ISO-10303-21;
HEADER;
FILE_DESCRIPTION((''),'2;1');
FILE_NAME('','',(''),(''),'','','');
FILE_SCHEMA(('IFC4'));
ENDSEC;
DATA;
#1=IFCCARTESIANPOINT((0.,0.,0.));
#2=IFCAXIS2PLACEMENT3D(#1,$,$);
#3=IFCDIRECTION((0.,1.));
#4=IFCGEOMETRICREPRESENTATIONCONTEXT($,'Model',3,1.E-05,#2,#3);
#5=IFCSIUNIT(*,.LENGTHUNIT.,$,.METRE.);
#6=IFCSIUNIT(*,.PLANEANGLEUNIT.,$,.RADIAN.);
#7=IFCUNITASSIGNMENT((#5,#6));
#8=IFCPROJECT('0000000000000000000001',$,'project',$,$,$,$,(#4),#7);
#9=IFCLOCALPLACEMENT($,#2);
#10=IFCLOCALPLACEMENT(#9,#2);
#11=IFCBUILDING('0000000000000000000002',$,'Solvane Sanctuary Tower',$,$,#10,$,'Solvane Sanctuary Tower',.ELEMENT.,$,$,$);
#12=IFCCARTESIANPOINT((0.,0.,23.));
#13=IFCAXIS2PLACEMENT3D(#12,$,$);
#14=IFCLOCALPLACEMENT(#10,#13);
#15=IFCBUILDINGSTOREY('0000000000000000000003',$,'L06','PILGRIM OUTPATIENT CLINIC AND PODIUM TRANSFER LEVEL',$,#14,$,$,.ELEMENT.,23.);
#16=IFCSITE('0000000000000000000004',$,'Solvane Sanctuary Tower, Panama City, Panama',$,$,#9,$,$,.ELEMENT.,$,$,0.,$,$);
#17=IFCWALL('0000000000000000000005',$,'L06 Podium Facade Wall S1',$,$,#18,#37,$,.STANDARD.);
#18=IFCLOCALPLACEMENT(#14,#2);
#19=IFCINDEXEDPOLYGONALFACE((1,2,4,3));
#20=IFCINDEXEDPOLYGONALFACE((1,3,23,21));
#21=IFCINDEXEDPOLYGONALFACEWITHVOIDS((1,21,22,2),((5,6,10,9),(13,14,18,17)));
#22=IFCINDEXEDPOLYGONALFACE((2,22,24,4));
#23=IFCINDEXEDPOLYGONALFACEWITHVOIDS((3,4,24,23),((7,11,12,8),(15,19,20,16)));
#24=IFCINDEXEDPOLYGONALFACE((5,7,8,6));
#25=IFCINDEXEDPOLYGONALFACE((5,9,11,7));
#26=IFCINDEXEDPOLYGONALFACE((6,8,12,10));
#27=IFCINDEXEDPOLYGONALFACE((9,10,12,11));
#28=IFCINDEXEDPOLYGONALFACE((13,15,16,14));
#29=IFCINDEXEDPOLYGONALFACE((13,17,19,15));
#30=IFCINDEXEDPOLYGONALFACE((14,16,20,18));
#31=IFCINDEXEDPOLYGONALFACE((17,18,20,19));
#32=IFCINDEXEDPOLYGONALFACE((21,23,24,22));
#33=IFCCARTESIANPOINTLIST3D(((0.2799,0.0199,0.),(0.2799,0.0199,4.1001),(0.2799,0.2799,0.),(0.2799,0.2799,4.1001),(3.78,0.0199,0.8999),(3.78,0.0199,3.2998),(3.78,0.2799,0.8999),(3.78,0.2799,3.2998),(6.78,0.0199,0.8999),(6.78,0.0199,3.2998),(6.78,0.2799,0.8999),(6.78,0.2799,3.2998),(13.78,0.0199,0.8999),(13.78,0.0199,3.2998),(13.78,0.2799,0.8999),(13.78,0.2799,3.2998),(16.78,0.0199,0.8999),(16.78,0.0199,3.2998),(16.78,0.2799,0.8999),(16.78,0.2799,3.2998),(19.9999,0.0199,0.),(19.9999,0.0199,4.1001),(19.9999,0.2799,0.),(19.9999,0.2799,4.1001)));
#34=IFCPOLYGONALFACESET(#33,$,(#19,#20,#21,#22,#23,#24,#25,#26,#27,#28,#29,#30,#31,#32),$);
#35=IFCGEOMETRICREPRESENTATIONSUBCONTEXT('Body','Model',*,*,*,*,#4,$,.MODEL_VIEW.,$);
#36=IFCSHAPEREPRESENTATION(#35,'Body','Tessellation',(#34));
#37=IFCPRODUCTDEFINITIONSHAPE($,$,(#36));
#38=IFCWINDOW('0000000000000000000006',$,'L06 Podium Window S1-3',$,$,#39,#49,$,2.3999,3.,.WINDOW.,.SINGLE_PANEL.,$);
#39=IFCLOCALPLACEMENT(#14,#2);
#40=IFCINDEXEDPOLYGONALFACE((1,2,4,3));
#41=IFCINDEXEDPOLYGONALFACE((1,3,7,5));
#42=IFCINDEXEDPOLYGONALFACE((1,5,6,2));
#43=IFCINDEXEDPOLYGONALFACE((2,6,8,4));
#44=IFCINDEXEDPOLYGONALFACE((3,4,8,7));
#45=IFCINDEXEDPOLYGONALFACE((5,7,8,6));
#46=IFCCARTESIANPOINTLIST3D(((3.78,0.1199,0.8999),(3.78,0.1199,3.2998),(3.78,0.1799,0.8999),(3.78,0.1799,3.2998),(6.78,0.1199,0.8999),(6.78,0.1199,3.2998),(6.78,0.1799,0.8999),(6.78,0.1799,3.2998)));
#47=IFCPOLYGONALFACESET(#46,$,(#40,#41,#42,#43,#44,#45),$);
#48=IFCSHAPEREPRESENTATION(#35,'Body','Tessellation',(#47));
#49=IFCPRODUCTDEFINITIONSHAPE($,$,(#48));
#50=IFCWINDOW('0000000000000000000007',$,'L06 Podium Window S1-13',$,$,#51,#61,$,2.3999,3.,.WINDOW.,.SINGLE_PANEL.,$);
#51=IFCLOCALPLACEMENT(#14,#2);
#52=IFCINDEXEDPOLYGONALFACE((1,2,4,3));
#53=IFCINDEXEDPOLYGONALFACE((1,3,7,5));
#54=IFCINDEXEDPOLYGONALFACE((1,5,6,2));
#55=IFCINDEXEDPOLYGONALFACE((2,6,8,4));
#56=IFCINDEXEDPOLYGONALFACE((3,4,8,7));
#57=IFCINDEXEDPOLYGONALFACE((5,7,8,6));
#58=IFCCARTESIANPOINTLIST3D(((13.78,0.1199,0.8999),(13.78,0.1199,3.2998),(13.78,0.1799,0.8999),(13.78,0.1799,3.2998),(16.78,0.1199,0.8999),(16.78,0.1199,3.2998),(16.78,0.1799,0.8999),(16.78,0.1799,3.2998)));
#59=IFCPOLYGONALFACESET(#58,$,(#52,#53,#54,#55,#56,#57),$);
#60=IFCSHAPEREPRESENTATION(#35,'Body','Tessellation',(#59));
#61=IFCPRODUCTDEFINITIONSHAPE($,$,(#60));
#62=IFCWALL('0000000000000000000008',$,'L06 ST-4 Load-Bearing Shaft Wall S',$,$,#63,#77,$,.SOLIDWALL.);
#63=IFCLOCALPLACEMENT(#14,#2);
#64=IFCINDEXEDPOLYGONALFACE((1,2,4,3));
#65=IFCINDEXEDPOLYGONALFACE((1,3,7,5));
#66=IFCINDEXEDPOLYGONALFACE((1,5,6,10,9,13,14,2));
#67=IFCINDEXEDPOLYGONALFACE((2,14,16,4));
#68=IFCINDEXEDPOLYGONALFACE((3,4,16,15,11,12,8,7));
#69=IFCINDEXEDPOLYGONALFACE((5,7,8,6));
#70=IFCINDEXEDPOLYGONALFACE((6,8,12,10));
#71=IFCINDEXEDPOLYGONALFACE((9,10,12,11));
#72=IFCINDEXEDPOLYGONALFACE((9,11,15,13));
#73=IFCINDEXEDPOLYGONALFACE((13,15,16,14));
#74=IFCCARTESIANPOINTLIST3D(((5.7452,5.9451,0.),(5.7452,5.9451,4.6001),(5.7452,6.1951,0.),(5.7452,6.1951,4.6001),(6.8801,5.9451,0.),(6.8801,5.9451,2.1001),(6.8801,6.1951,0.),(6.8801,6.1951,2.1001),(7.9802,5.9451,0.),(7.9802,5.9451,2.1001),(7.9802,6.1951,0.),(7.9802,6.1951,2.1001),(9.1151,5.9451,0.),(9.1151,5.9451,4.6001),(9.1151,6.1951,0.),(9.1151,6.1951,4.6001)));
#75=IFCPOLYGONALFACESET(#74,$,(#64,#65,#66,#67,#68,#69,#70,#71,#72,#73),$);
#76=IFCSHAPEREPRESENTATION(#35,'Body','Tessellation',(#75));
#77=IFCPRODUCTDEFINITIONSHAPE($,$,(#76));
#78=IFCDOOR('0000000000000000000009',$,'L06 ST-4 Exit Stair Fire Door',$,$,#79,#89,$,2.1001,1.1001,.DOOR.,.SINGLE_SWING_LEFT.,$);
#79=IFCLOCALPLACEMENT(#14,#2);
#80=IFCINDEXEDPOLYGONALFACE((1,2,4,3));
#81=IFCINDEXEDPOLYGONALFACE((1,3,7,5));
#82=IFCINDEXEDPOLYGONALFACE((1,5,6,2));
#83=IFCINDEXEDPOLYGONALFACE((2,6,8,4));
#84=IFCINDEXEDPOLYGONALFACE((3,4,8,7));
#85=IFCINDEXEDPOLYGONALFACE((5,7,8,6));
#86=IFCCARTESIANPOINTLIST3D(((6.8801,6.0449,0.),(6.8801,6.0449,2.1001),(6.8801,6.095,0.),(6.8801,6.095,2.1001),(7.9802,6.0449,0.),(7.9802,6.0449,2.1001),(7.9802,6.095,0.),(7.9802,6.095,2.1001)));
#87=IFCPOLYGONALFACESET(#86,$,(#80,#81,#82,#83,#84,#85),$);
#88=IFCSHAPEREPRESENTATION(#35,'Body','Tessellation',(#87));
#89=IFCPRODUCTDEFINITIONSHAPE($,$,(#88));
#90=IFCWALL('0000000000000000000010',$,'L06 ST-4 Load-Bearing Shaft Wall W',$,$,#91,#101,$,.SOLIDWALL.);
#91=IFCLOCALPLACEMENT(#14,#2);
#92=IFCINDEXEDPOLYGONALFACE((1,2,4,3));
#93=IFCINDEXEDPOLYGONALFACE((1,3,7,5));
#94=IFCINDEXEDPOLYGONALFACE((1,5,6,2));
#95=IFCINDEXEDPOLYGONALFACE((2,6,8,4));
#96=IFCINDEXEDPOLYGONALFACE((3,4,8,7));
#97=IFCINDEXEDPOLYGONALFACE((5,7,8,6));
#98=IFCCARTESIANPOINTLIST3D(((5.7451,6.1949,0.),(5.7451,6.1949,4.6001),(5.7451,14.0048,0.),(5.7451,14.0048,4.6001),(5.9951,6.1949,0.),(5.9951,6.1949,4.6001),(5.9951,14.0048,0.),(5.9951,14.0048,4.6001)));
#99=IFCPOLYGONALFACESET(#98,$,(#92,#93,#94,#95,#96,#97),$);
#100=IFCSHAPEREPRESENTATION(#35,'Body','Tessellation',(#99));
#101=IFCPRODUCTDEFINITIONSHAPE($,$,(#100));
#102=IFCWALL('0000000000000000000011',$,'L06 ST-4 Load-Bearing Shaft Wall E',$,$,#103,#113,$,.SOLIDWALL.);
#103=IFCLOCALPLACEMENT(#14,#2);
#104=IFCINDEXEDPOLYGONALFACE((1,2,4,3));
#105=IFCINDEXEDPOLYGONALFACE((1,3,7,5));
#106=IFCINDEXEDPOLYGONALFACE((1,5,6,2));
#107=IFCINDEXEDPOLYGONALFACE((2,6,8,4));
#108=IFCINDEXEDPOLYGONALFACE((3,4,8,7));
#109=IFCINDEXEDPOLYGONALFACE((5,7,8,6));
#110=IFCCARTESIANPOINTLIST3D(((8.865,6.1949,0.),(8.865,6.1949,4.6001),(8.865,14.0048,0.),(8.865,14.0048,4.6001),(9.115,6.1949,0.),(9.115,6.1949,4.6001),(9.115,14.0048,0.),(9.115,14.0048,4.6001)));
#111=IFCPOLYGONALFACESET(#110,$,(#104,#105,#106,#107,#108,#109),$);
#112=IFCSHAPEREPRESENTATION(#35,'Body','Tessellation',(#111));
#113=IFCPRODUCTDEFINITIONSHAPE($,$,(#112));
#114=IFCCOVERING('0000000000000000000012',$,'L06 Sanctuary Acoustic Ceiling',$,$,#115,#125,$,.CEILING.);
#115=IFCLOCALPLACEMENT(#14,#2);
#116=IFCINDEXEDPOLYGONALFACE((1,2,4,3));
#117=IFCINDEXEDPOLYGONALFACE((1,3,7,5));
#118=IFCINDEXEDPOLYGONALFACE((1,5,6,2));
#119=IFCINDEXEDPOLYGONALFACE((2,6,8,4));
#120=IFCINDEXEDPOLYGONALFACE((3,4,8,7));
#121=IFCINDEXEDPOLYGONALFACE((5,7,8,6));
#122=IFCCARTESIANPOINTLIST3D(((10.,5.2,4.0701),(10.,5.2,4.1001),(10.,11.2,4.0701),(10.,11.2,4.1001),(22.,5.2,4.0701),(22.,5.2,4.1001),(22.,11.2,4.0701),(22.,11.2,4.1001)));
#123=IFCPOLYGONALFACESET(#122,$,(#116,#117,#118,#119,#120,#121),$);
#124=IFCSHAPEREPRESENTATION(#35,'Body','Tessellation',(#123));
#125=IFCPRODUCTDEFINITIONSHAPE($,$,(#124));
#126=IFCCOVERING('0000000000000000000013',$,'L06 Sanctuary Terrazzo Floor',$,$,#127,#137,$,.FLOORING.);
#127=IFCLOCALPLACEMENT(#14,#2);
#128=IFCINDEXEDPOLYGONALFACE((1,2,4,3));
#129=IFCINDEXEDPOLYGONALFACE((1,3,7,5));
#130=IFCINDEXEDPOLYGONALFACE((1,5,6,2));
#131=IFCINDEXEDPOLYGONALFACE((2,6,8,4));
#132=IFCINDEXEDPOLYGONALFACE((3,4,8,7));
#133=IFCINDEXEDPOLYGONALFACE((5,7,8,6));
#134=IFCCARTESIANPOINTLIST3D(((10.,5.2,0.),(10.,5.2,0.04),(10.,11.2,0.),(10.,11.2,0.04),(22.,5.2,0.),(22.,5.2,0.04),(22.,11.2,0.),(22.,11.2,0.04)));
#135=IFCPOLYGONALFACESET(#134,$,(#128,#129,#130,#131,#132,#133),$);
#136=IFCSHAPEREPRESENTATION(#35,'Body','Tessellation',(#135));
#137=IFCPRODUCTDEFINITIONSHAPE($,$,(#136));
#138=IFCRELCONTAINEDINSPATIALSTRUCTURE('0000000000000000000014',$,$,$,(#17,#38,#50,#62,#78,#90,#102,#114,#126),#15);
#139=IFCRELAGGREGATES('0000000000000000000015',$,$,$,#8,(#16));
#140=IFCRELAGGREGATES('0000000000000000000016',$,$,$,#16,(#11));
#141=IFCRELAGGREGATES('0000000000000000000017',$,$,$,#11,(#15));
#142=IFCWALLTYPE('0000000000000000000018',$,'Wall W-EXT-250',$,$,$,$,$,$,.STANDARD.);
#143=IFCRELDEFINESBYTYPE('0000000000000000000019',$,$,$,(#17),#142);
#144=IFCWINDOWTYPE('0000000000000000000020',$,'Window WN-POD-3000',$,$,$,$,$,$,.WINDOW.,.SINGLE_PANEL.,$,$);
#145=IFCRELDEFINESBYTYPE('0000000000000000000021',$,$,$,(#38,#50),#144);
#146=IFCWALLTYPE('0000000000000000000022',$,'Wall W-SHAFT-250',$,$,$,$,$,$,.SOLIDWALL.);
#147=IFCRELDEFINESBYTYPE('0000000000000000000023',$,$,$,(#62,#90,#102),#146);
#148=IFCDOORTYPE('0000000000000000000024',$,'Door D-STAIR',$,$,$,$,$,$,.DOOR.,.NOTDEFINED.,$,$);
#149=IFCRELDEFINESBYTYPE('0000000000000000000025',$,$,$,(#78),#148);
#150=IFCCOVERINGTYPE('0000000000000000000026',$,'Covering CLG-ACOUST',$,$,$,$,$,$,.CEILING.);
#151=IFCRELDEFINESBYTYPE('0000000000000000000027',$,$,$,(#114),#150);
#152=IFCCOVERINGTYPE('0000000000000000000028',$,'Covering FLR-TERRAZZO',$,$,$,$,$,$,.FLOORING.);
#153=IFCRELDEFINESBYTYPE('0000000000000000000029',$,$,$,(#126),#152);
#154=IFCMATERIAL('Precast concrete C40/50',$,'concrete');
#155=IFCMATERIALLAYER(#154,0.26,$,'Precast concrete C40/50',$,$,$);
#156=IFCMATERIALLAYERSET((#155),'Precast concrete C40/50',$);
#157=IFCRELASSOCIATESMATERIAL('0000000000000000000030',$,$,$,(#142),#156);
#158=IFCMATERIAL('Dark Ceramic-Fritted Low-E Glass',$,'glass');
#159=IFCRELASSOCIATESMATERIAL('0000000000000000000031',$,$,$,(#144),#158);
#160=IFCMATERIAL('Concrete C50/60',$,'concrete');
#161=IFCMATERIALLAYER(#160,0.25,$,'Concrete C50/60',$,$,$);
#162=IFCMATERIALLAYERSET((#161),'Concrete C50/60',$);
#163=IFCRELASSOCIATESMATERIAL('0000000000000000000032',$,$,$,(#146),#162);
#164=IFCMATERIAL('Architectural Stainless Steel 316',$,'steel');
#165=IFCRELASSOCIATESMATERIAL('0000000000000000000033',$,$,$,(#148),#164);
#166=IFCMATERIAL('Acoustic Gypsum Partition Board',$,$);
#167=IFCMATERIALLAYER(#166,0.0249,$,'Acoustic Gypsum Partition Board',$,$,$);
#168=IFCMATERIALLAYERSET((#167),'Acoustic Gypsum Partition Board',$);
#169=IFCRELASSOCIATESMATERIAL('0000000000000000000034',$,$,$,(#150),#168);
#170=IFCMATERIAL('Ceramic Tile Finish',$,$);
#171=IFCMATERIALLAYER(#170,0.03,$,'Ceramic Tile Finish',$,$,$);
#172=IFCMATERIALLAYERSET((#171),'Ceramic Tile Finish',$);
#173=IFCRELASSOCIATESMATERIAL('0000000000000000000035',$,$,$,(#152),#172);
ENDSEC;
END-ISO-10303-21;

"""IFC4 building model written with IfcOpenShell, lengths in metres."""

from ifc_helpers import new_model, si_unit, direction, frame, frame_2d, origin, place, context, subcontext, project, spatial, polyline, rectangle, outline, extrude, material, layer, layer_set, type_object, element, fill, save


model = new_model("IFC4")

# Units and contexts
model_context = context("Model", 3, precision=1e-05, world=origin(), true_north=direction((0.0, 1.0)))
body_context = subcontext(model_context, "Body", "Model", "MODEL_VIEW")
ifc_project = project(units=[si_unit("LENGTHUNIT", "METRE"), si_unit("PLANEANGLEUNIT", "RADIAN")], contexts=[model_context])

# Site, building, storey
site_placement = place(None, origin())
site = spatial("IfcSite", under=ifc_project, at=site_placement, Name="Solvane Sanctuary Tower, Panama City, Panama", CompositionType="ELEMENT", RefElevation=0.0)
building_placement = place(site_placement, origin())
building = spatial("IfcBuilding", under=site, at=building_placement, Name="Solvane Sanctuary Tower", LongName="Solvane Sanctuary Tower", CompositionType="ELEMENT")
storey_placement = place(building_placement, frame((0.0, 0.0, 23.0)))
storey = spatial("IfcBuildingStorey", under=building, at=storey_placement, Name="L06", Description="PILGRIM OUTPATIENT CLINIC AND PODIUM TRANSFER LEVEL", CompositionType="ELEMENT", Elevation=23.0)

# Shared definitions
ifc_material_1 = material(Name="Concrete C50/60", Category="concrete")

# Shared definitions
ifc_material_2 = material(Name="Acoustic Gypsum Partition Board")

# Wall, openings, windows
ifc_material_3 = material(Name="Precast concrete C40/50", Category="concrete")
ifc_layer_1 = layer(ifc_material_3, 0.26, Name="Precast concrete C40/50")
ifc_layer_set_1 = layer_set([ifc_layer_1], Name="Precast concrete C40/50")
wall_type_1 = type_object("IfcWallType", Name="Wall W-EXT-250", PredefinedType="STANDARD", material=ifc_layer_set_1)
wall_1_placement = place(storey_placement, frame((0.28, 0.1499, 0.0), z_axis=(0.0, 0.0, 1.0), x_axis=(1.0, 0.0, 0.0)))
wall_1 = element("IfcWall", 1, at=wall_1_placement, inside=storey, type_object=wall_type_1, Name="L06 Podium Facade Wall S1", PredefinedType="STANDARD", context=body_context, shape_type="SweptSolid", body=[
    extrude(rectangle(XDim=19.72, YDim=0.26, at=frame_2d((9.8599, 0.0))), origin(), (0.0, 0.0, 1.0), 4.1001),
])
opening_1_placement = place(wall_1_placement, frame((3.5, 0.0, 0.8999)))
opening_1 = element("IfcOpeningElement", 2, at=opening_1_placement, cuts=wall_1, PredefinedType="OPENING", context=body_context, shape_type="SweptSolid", body=[
    extrude(rectangle(XDim=3.0, YDim=2.3999, at=frame_2d((1.5, 1.2))), frame((0.0, 0.1399, 0.0), z_axis=(0.0, -1.0, 0.0), x_axis=(1.0, 0.0, 0.0)), (0.0, 0.0, 1.0), 0.28),
])
opening_2_placement = place(wall_1_placement, frame((13.5, 0.0, 0.8999)))
opening_2 = element("IfcOpeningElement", 3, at=opening_2_placement, cuts=wall_1, PredefinedType="OPENING", context=body_context, shape_type="SweptSolid", body=[
    extrude(rectangle(XDim=3.0, YDim=2.3999, at=frame_2d((1.5, 1.2))), frame((0.0, 0.1399, 0.0), z_axis=(0.0, -1.0, 0.0), x_axis=(1.0, 0.0, 0.0)), (0.0, 0.0, 1.0), 0.28),
])
ifc_material_4 = material(Name="Dark Ceramic-Fritted Low-E Glass", Category="glass")
window_type = type_object("IfcWindowType", Name="Window WN-POD-3000", PartitioningType="SINGLE_PANEL", PredefinedType="WINDOW", material=ifc_material_4)
window_1_placement = place(opening_1_placement, origin())
window_1 = element("IfcWindow", 4, at=window_1_placement, inside=storey, type_object=window_type, Name="L06 Podium Window S1-3", OverallHeight=2.3999, OverallWidth=3.0, PartitioningType="SINGLE_PANEL", PredefinedType="WINDOW", context=body_context, shape_type="SweptSolid", body=[
    extrude(rectangle(XDim=3.0, YDim=2.3999, at=frame_2d((1.5, 1.2))), frame((0.0, 0.03, 0.0), z_axis=(0.0, -1.0, 0.0), x_axis=(1.0, 0.0, 0.0)), (0.0, 0.0, 1.0), 0.0601),
])
fill(opening_1, window_1)
window_2_placement = place(opening_2_placement, origin())
window_2 = element("IfcWindow", 5, at=window_2_placement, inside=storey, type_object=window_type, Name="L06 Podium Window S1-13", OverallHeight=2.3999, OverallWidth=3.0, PartitioningType="SINGLE_PANEL", PredefinedType="WINDOW", context=body_context, shape_type="SweptSolid", body=[
    extrude(rectangle(XDim=3.0, YDim=2.3999, at=frame_2d((1.5, 1.2))), frame((0.0, 0.03, 0.0), z_axis=(0.0, -1.0, 0.0), x_axis=(1.0, 0.0, 0.0)), (0.0, 0.0, 1.0), 0.0601),
])
fill(opening_2, window_2)

# Wall, opening, door
ifc_layer_2 = layer(ifc_material_1, 0.25, Name="Concrete C50/60")
ifc_layer_set_2 = layer_set([ifc_layer_2], Name="Concrete C50/60")
wall_type_2 = type_object("IfcWallType", Name="Wall W-SHAFT-250", PredefinedType="SOLIDWALL", material=ifc_layer_set_2)
wall_2_placement = place(storey_placement, frame((5.7451, 6.0701, 0.0), z_axis=(0.0, 0.0, 1.0), x_axis=(1.0, 0.0, 0.0)))
wall_2 = element("IfcWall", 6, at=wall_2_placement, inside=storey, type_object=wall_type_2, Name="L06 ST-4 Load-Bearing Shaft Wall S", PredefinedType="SOLIDWALL", context=body_context, shape_type="SweptSolid", body=[
    extrude(rectangle(XDim=3.3699, YDim=0.25, at=frame_2d((1.6851, 0.0))), origin(), (0.0, 0.0, 1.0), 4.6001),
])
opening_3_placement = place(wall_2_placement, frame((1.135, 0.0, 0.0)))
opening_3 = element("IfcOpeningElement", 7, at=opening_3_placement, cuts=wall_2, PredefinedType="OPENING", context=body_context, shape_type="SweptSolid", body=[
    extrude(rectangle(XDim=1.1001, YDim=2.1001, at=frame_2d((0.55, 1.05))), frame((0.0, 0.135, 0.0), z_axis=(0.0, -1.0, 0.0), x_axis=(1.0, 0.0, 0.0)), (0.0, 0.0, 1.0), 0.27),
])
ifc_material_5 = material(Name="Architectural Stainless Steel 316", Category="steel")
door_type = type_object("IfcDoorType", Name="Door D-STAIR", OperationType="NOTDEFINED", PredefinedType="DOOR", material=ifc_material_5)
door_placement = place(opening_3_placement, origin())
door = element("IfcDoor", 8, at=door_placement, inside=storey, type_object=door_type, Name="L06 ST-4 Exit Stair Fire Door", OperationType="SINGLE_SWING_LEFT", OverallHeight=2.1001, OverallWidth=1.1001, PredefinedType="DOOR", context=body_context, shape_type="SweptSolid", body=[
    extrude(rectangle(XDim=1.1001, YDim=2.1001, at=frame_2d((0.55, 1.05))), frame((0.0, 0.0249, 0.0), z_axis=(0.0, -1.0, 0.0), x_axis=(1.0, 0.0, 0.0)), (0.0, 0.0, 1.0), 0.05),
])
fill(opening_3, door)

# Walls
for number, where, z_axis, x_axis, name in (
    (9, (5.8701, 6.1951, 0.0), (0.0, 0.0, 1.0), (0.0, 1.0, 0.0), "L06 ST-4 Load-Bearing Shaft Wall W"),
    (10, (8.99, 6.1951, 0.0), (0.0, 0.0, 1.0), (0.0, 1.0, 0.0), "L06 ST-4 Load-Bearing Shaft Wall E"),
):
    element("IfcWall", number, at=place(storey_placement, frame(where, z_axis=z_axis, x_axis=x_axis)), inside=storey, type_object=wall_type_2, Name=name, PredefinedType="SOLIDWALL", context=body_context, shape_type="SweptSolid", body=[
        extrude(rectangle(XDim=7.8098, YDim=0.25, at=frame_2d((3.9048, 0.0))), origin(), (0.0, 0.0, 1.0), 4.6001),
    ])

# Coverings
ifc_layer_3 = layer(ifc_material_2, 0.0249, Name="Acoustic Gypsum Partition Board")
ifc_layer_set_3 = layer_set([ifc_layer_3], Name="Acoustic Gypsum Partition Board")
covering_type_1 = type_object("IfcCoveringType", Name="Covering CLG-ACOUST", PredefinedType="CEILING", material=ifc_layer_set_3)
covering_1_placement = place(storey_placement, frame((0.0, 0.0, 4.0701)))
element("IfcCovering", 11, at=covering_1_placement, inside=storey, type_object=covering_type_1, Name="L06 Sanctuary Acoustic Ceiling", PredefinedType="CEILING", context=body_context, shape_type="SweptSolid", body=[
    extrude(outline(polyline([(10.0, 5.2), (22.0, 5.2), (22.0, 11.2), (10.0, 11.2), (10.0, 5.2)])), origin(), (0.0, 0.0, 1.0), 0.03),
])
ifc_material_6 = material(Name="Ceramic Tile Finish")
ifc_layer_4 = layer(ifc_material_6, 0.03, Name="Ceramic Tile Finish")
ifc_layer_set_4 = layer_set([ifc_layer_4], Name="Ceramic Tile Finish")
covering_type_2 = type_object("IfcCoveringType", Name="Covering FLR-TERRAZZO", PredefinedType="FLOORING", material=ifc_layer_set_4)
covering_2_placement = place(storey_placement, origin())
element("IfcCovering", 12, at=covering_2_placement, inside=storey, type_object=covering_type_2, Name="L06 Sanctuary Terrazzo Floor", PredefinedType="FLOORING", context=body_context, shape_type="SweptSolid", body=[
    extrude(outline(polyline([(10.0, 5.2), (22.0, 5.2), (22.0, 11.2), (10.0, 11.2), (10.0, 5.2)])), origin(), (0.0, 0.0, 1.0), 0.04),
])

save(model, "model.ifc")
